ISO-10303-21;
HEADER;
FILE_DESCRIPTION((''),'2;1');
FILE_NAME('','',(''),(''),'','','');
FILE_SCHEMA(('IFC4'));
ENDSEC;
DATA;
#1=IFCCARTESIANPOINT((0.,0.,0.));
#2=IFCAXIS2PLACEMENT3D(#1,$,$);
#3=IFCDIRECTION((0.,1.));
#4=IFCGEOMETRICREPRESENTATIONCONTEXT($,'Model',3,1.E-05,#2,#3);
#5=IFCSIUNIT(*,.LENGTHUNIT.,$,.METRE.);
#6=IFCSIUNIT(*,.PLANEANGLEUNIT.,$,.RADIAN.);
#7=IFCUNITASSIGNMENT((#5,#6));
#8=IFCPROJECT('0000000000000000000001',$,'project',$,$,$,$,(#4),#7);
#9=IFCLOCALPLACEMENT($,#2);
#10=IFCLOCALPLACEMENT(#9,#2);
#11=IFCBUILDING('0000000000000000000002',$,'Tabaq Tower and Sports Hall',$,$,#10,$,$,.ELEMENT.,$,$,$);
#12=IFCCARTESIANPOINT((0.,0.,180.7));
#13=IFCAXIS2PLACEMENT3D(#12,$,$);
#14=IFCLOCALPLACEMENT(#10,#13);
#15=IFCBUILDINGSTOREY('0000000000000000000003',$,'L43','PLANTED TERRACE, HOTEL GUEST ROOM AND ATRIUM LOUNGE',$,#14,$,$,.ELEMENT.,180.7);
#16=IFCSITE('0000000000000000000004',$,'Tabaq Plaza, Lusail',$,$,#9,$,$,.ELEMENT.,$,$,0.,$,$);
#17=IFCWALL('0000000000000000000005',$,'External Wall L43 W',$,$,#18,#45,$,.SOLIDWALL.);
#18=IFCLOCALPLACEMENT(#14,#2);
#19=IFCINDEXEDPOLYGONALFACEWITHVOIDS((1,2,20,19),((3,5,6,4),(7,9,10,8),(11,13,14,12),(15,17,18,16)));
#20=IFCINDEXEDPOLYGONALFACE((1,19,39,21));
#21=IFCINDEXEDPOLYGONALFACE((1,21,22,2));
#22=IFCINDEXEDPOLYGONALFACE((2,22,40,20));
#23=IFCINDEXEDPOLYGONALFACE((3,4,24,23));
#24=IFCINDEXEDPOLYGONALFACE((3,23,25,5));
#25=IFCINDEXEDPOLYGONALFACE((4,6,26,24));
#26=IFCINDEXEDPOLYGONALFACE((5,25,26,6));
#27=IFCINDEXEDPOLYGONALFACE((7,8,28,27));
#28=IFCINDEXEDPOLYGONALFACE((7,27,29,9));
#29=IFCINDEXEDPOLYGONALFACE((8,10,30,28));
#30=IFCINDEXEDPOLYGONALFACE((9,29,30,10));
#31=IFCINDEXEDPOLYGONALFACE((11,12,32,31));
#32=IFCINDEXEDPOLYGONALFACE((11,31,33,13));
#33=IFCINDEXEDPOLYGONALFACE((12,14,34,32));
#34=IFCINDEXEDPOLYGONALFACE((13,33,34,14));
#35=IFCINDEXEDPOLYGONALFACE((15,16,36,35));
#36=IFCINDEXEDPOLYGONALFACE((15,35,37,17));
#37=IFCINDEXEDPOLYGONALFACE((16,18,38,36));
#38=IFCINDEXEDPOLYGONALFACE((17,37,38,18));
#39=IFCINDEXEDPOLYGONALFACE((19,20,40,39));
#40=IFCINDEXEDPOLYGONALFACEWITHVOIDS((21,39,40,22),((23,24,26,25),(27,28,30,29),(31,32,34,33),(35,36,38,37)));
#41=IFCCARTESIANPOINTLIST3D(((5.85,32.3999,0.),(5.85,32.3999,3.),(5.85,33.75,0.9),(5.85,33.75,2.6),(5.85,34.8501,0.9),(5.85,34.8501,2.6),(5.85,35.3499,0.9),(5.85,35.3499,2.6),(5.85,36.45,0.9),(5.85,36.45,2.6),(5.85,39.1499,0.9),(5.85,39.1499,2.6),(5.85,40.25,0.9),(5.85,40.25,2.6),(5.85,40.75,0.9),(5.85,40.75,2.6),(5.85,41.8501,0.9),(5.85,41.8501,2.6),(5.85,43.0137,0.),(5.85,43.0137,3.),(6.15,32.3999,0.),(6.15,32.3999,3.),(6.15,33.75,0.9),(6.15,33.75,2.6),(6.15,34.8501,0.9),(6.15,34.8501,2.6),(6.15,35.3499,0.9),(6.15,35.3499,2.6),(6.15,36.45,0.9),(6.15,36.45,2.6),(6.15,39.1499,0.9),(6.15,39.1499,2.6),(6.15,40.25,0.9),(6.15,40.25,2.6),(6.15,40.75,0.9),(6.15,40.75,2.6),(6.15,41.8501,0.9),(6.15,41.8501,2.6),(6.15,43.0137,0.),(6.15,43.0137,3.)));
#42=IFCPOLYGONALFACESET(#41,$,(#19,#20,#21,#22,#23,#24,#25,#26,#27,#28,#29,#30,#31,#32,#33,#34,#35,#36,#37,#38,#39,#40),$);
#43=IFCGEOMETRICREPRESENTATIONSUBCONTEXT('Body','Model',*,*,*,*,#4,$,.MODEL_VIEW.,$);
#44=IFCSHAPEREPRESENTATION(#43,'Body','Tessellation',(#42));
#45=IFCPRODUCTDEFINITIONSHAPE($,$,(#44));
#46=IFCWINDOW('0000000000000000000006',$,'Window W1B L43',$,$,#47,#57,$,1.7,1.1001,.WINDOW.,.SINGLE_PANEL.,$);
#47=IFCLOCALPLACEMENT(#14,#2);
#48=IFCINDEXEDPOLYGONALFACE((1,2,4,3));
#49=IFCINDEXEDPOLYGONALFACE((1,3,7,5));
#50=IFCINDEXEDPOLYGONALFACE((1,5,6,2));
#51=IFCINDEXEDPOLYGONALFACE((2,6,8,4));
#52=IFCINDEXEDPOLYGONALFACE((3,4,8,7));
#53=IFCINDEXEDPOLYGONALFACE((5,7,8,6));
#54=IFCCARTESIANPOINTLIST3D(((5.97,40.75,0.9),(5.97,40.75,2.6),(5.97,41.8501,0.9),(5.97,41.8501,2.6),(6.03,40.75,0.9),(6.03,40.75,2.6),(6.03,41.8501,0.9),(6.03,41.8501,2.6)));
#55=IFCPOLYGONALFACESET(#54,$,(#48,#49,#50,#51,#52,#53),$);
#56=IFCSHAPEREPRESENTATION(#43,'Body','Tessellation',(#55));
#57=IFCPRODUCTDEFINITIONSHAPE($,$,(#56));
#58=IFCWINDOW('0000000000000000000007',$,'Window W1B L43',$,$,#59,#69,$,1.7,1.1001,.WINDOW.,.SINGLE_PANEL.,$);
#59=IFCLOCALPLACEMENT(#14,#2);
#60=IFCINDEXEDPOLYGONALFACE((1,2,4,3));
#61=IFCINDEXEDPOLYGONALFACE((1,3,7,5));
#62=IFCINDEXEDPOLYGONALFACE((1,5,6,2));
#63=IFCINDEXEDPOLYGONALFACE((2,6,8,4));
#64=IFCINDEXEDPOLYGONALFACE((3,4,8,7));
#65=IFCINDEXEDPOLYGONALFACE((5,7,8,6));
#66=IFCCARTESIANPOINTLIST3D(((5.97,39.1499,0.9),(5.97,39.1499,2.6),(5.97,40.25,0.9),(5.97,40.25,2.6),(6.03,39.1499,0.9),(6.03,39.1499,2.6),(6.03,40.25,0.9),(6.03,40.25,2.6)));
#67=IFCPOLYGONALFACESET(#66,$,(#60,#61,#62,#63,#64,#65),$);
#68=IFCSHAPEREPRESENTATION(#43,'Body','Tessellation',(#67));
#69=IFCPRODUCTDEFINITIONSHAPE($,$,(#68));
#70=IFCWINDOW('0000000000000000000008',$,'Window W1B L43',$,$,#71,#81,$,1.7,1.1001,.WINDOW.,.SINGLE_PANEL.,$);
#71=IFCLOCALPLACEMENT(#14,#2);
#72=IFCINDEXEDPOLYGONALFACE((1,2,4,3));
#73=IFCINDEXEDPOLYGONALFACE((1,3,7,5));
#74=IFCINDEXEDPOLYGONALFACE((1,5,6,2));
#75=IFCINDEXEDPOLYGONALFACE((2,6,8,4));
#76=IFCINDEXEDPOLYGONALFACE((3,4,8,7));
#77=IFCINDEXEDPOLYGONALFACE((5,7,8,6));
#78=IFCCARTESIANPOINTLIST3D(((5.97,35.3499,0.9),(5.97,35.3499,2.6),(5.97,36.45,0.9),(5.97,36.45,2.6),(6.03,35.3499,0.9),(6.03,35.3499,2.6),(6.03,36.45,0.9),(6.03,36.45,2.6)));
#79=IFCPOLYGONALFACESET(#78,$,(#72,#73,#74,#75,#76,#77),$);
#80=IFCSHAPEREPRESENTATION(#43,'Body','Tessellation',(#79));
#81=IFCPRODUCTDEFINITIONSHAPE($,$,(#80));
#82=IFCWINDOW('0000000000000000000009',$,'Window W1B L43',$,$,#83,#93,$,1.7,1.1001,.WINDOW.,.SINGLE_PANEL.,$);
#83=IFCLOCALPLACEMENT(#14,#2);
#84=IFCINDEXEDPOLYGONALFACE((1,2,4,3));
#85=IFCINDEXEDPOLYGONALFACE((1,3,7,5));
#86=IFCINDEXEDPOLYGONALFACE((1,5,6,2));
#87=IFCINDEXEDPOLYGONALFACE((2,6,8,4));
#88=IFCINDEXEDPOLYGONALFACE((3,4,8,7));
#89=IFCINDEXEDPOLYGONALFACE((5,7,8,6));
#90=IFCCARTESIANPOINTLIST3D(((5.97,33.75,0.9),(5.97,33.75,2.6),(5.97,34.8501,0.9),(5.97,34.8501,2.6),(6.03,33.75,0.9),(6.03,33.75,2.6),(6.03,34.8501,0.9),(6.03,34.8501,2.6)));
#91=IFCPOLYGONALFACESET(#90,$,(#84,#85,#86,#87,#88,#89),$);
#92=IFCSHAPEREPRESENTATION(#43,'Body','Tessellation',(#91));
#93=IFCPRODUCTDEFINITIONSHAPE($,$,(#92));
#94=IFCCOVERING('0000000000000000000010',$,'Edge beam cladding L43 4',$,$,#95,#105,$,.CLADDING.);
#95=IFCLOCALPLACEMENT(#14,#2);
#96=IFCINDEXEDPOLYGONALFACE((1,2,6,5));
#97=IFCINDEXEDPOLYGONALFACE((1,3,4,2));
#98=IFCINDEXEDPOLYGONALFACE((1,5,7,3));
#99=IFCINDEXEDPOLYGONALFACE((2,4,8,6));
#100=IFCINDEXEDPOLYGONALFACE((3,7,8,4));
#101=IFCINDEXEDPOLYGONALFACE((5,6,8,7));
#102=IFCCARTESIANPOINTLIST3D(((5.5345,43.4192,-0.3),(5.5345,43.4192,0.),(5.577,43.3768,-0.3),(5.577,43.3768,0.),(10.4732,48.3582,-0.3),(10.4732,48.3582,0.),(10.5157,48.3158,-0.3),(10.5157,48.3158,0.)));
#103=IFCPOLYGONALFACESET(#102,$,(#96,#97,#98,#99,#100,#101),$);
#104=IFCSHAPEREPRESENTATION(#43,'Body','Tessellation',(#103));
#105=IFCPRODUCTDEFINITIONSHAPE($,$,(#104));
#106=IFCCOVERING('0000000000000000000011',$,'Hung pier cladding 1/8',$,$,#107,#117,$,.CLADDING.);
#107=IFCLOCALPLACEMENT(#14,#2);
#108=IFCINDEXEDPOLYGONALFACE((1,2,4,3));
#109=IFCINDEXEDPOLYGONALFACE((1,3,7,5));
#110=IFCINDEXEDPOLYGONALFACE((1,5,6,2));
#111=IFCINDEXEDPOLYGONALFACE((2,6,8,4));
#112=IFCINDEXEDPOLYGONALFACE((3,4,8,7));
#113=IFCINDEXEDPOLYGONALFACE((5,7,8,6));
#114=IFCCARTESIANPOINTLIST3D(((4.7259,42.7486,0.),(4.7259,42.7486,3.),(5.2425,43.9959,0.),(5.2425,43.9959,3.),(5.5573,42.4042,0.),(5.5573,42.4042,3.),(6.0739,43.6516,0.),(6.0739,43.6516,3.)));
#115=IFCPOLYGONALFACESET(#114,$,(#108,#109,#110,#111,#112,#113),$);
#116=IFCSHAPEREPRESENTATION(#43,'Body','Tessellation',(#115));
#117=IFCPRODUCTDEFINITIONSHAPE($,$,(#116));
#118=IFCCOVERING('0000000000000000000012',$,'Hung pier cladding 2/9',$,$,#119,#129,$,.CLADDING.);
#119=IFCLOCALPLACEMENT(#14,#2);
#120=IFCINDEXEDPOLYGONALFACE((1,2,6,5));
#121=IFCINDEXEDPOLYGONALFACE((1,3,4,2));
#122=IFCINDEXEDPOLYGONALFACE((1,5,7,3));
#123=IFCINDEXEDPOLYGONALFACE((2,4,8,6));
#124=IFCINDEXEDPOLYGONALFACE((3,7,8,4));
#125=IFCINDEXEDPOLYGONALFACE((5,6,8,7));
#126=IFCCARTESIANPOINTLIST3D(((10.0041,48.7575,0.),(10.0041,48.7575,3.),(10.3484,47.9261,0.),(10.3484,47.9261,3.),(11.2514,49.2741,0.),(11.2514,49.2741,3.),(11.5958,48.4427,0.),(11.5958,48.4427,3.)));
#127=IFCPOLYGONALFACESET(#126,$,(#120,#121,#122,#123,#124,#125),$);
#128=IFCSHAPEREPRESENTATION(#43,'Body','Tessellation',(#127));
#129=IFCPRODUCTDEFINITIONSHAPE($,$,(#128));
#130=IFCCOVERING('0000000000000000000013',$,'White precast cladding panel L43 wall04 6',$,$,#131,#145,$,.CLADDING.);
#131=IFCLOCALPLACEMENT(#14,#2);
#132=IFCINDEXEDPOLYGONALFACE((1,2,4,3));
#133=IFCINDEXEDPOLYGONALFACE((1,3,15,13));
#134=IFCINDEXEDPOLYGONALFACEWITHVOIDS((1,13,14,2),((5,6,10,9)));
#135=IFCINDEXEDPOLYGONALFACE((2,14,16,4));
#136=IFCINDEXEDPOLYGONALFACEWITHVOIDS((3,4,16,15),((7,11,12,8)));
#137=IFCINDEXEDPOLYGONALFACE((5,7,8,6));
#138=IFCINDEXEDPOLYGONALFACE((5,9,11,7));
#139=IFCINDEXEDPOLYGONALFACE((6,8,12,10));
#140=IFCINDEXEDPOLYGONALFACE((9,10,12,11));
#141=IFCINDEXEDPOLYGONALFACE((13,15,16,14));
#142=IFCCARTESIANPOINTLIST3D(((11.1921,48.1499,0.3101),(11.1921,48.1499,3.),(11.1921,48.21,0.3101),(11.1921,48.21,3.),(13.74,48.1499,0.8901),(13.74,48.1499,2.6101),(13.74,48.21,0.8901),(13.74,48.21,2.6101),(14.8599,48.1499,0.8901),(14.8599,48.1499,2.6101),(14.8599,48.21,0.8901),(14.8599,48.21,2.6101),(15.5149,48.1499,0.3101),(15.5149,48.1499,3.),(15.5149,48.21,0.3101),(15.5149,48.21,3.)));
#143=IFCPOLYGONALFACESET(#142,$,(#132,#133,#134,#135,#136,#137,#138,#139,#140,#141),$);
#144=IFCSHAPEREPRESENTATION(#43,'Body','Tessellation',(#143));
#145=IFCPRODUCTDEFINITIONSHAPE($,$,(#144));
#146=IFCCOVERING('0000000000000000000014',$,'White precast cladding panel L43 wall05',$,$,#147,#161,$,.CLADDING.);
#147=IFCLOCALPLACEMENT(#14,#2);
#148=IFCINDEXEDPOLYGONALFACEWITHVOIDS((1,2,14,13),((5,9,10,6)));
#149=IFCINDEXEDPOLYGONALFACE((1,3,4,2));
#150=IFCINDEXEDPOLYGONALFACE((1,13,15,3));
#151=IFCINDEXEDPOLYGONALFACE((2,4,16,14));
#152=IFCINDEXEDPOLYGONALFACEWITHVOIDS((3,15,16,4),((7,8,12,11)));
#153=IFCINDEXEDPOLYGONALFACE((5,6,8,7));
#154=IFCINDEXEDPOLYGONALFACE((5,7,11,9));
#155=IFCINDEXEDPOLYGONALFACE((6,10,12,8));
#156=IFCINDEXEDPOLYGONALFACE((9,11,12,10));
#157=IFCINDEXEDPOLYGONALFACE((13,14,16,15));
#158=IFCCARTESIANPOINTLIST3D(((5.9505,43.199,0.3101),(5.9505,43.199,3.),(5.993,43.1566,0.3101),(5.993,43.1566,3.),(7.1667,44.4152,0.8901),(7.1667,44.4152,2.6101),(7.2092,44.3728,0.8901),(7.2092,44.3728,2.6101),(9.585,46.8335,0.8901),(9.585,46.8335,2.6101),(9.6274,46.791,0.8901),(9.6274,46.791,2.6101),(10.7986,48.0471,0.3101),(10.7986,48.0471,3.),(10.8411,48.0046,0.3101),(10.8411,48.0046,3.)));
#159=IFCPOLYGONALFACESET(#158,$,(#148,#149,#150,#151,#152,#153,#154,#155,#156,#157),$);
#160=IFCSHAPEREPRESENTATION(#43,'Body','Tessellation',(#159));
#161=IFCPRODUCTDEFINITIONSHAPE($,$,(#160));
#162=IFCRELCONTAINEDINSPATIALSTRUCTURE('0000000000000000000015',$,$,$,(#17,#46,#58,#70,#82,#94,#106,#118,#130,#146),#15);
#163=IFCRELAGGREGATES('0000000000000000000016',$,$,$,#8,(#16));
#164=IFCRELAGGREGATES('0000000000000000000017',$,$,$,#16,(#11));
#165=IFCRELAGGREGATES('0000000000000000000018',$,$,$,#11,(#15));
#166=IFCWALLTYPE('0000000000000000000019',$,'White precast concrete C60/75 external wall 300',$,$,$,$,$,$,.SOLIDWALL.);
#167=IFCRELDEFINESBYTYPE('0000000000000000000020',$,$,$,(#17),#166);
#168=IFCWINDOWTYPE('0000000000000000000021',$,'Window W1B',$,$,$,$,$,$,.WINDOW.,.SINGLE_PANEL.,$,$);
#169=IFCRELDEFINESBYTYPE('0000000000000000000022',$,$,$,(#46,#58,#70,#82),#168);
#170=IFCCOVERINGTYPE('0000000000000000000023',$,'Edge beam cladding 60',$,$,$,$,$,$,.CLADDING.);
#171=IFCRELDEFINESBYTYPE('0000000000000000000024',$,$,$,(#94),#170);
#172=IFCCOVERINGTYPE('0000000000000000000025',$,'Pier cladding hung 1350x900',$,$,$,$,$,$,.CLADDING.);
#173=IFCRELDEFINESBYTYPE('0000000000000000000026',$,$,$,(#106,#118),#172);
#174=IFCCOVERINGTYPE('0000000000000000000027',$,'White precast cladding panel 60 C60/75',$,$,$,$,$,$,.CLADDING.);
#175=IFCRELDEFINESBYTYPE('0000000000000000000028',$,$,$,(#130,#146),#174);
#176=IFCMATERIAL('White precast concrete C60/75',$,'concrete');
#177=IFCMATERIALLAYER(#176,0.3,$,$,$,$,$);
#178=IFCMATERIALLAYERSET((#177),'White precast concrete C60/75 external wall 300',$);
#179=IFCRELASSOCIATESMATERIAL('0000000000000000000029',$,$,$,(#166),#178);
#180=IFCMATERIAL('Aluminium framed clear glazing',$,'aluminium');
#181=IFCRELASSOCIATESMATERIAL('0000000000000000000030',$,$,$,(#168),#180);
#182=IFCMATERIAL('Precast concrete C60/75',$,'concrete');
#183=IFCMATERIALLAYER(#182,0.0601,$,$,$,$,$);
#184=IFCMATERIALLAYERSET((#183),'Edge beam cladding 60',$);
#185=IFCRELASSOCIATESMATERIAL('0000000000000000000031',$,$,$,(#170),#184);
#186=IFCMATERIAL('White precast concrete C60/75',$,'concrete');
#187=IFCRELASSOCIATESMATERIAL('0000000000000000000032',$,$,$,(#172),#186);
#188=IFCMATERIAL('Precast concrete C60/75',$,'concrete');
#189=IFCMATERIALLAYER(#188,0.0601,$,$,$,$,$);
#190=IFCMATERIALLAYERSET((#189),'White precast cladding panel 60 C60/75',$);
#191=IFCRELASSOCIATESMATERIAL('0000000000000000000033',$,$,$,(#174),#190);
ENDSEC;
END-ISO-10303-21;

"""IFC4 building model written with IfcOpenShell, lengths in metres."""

from ifc_helpers import new_model, si_unit, direction, frame, frame_2d, origin, place, context, subcontext, project, spatial, polyline, rectangle, outline, extrude, material, layer, layer_set, type_object, element, fill, save


model = new_model("IFC4")

# Units and contexts
model_context = context("Model", 3, precision=1e-05, world=origin(), true_north=direction((0.0, 1.0)))
body_context = subcontext(model_context, "Body", "Model", "MODEL_VIEW")
ifc_project = project(units=[si_unit("LENGTHUNIT", "METRE"), si_unit("PLANEANGLEUNIT", "RADIAN")], contexts=[model_context])

# Site, building, storey
site_placement = place(None, origin())
site = spatial("IfcSite", under=ifc_project, at=site_placement, Name="Tabaq Plaza, Lusail", CompositionType="ELEMENT", RefElevation=0.0)
building_placement = place(site_placement, origin())
building = spatial("IfcBuilding", under=site, at=building_placement, Name="Tabaq Tower and Sports Hall", CompositionType="ELEMENT")
storey_placement = place(building_placement, frame((0.0, 0.0, 180.7)))
storey = spatial("IfcBuildingStorey", under=building, at=storey_placement, Name="L43", Description="PLANTED TERRACE, HOTEL GUEST ROOM AND ATRIUM LOUNGE", CompositionType="ELEMENT", Elevation=180.7)

# Shared definitions
ifc_material_1 = material(Name="White precast concrete C60/75", Category="concrete")
ifc_layer_1 = layer(ifc_material_1, 0.3)
ifc_layer_set_1 = layer_set([ifc_layer_1], Name="White precast concrete C60/75 external wall 300")
wall_type_1 = type_object("IfcWallType", Name="White precast concrete C60/75 external wall 300", PredefinedType="SOLIDWALL", material=ifc_layer_set_1)

# Wall, openings, windows
wall_1_placement = place(storey_placement, frame((6.0, 43.0137, 0.0), z_axis=(0.0, 0.0, 1.0), x_axis=(0.0, -1.0, 0.0)))
wall_1 = element("IfcWall", 1, at=wall_1_placement, inside=storey, type_object=wall_type_1, Name="External Wall L43 W", PredefinedType="SOLIDWALL", context=body_context, shape_type="SweptSolid", body=[
    extrude(rectangle(XDim=10.6138, YDim=0.3, at=frame_2d((5.3069, 0.0))), origin(), (0.0, 0.0, 1.0), 3.0),
])
opening_1_placement = place(wall_1_placement, frame((1.1636, 0.0, 0.8999)))
opening_1 = element("IfcOpeningElement", 2, at=opening_1_placement, cuts=wall_1, PredefinedType="OPENING", context=body_context, shape_type="SweptSolid", body=[
    extrude(rectangle(XDim=1.1001, YDim=1.7, at=frame_2d((0.55, 0.8501))), frame((0.0, 0.1602, 0.0), z_axis=(0.0, -1.0, 0.0), x_axis=(1.0, 0.0, 0.0)), (0.0, 0.0, 1.0), 0.3201),
])
opening_2_placement = place(wall_1_placement, frame((2.7637, 0.0, 0.8999)))
opening_2 = element("IfcOpeningElement", 3, at=opening_2_placement, cuts=wall_1, PredefinedType="OPENING", context=body_context, shape_type="SweptSolid", body=[
    extrude(rectangle(XDim=1.1001, YDim=1.7, at=frame_2d((0.55, 0.8501))), frame((0.0, 0.1602, 0.0), z_axis=(0.0, -1.0, 0.0), x_axis=(1.0, 0.0, 0.0)), (0.0, 0.0, 1.0), 0.3201),
])
opening_3_placement = place(wall_1_placement, frame((6.5637, 0.0, 0.8999)))
opening_3 = element("IfcOpeningElement", 4, at=opening_3_placement, cuts=wall_1, PredefinedType="OPENING", context=body_context, shape_type="SweptSolid", body=[
    extrude(rectangle(XDim=1.1001, YDim=1.7, at=frame_2d((0.55, 0.8501))), frame((0.0, 0.1602, 0.0), z_axis=(0.0, -1.0, 0.0), x_axis=(1.0, 0.0, 0.0)), (0.0, 0.0, 1.0), 0.3201),
])
opening_4_placement = place(wall_1_placement, frame((8.1636, 0.0, 0.8999)))
opening_4 = element("IfcOpeningElement", 5, at=opening_4_placement, cuts=wall_1, PredefinedType="OPENING", context=body_context, shape_type="SweptSolid", body=[
    extrude(rectangle(XDim=1.1001, YDim=1.7, at=frame_2d((0.55, 0.8501))), frame((0.0, 0.1602, 0.0), z_axis=(0.0, -1.0, 0.0), x_axis=(1.0, 0.0, 0.0)), (0.0, 0.0, 1.0), 0.3201),
])
ifc_material_2 = material(Name="Aluminium framed clear glazing", Category="aluminium")
window_type_1 = type_object("IfcWindowType", Name="Window W1B", PartitioningType="SINGLE_PANEL", PredefinedType="WINDOW", material=ifc_material_2)
window_1_placement = place(opening_1_placement, origin())
window_1 = element("IfcWindow", 6, at=window_1_placement, inside=storey, type_object=window_type_1, Name="Window W1B L43", OverallHeight=1.7, OverallWidth=1.1001, PartitioningType="SINGLE_PANEL", PredefinedType="WINDOW", context=body_context, shape_type="SweptSolid", body=[
    extrude(rectangle(XDim=1.1001, YDim=1.7, at=frame_2d((0.55, 0.8501))), frame((0.0, 0.03, 0.0), z_axis=(0.0, -1.0, 0.0), x_axis=(1.0, 0.0, 0.0)), (0.0, 0.0, 1.0), 0.0601),
])
fill(opening_1, window_1)
window_2_placement = place(opening_2_placement, origin())
window_2 = element("IfcWindow", 7, at=window_2_placement, inside=storey, type_object=window_type_1, Name="Window W1B L43", OverallHeight=1.7, OverallWidth=1.1001, PartitioningType="SINGLE_PANEL", PredefinedType="WINDOW", context=body_context, shape_type="SweptSolid", body=[
    extrude(rectangle(XDim=1.1001, YDim=1.7, at=frame_2d((0.55, 0.8501))), frame((0.0, 0.03, 0.0), z_axis=(0.0, -1.0, 0.0), x_axis=(1.0, 0.0, 0.0)), (0.0, 0.0, 1.0), 0.0601),
])
fill(opening_2, window_2)
window_3_placement = place(opening_3_placement, origin())
window_3 = element("IfcWindow", 8, at=window_3_placement, inside=storey, type_object=window_type_1, Name="Window W1B L43", OverallHeight=1.7, OverallWidth=1.1001, PartitioningType="SINGLE_PANEL", PredefinedType="WINDOW", context=body_context, shape_type="SweptSolid", body=[
    extrude(rectangle(XDim=1.1001, YDim=1.7, at=frame_2d((0.55, 0.8501))), frame((0.0, 0.03, 0.0), z_axis=(0.0, -1.0, 0.0), x_axis=(1.0, 0.0, 0.0)), (0.0, 0.0, 1.0), 0.0601),
])
fill(opening_3, window_3)
window_4_placement = place(opening_4_placement, origin())
window_4 = element("IfcWindow", 9, at=window_4_placement, inside=storey, type_object=window_type_1, Name="Window W1B L43", OverallHeight=1.7, OverallWidth=1.1001, PartitioningType="SINGLE_PANEL", PredefinedType="WINDOW", context=body_context, shape_type="SweptSolid", body=[
    extrude(rectangle(XDim=1.1001, YDim=1.7, at=frame_2d((0.55, 0.8501))), frame((0.0, 0.03, 0.0), z_axis=(0.0, -1.0, 0.0), x_axis=(1.0, 0.0, 0.0)), (0.0, 0.0, 1.0), 0.0601),
])
fill(opening_4, window_4)

# Coverings
ifc_material_3 = material(Name="Precast concrete C60/75", Category="concrete")
ifc_layer_2 = layer(ifc_material_3, 0.0601)
ifc_layer_set_2 = layer_set([ifc_layer_2], Name="Edge beam cladding 60")
covering_type_1 = type_object("IfcCoveringType", Name="Edge beam cladding 60", PredefinedType="CLADDING", material=ifc_layer_set_2)
covering_1_placement = place(storey_placement, frame((10.4944, 48.3369, -0.3), z_axis=(0.0, 0.0, 1.0), x_axis=(-0.707089, -0.707124, 0.0)))
element("IfcCovering", 10, at=covering_1_placement, inside=storey, type_object=covering_type_1, Name="Edge beam cladding L43 4", PredefinedType="CLADDING", context=body_context, shape_type="SweptSolid", body=[
    extrude(rectangle(XDim=6.9846, YDim=0.0601, at=frame_2d((3.4922, 0.0))), origin(), (0.0, 0.0, 1.0), 0.3),
])
ifc_material_4 = material(Name="White precast concrete C60/75", Category="concrete")
covering_type_2 = type_object("IfcCoveringType", Name="Pier cladding hung 1350x900", PredefinedType="CLADDING", material=ifc_material_4)
for number, where, z_axis, x_axis, name in (
    (11, (5.6582, 43.8237, 0.0), (0.0, 0.0, 1.0), (-0.38265, -0.923893, 0.0), "Hung pier cladding 1/8"),
    (12, (11.4236, 48.8584, 0.0), (0.0, 0.0, 1.0), (-0.923893, -0.38265, 0.0), "Hung pier cladding 2/9"),
):
    element("IfcCovering", number, at=place(storey_placement, frame(where, z_axis=z_axis, x_axis=x_axis)), inside=storey, type_object=covering_type_2, Name=name, PredefinedType="CLADDING", context=body_context, shape_type="SweptSolid", body=[
        extrude(rectangle(XDim=1.3501, YDim=0.8999, at=frame_2d((0.675, 0.0))), origin(), (0.0, 0.0, 1.0), 3.0),
    ])
ifc_material_5 = material(Name="Precast concrete C60/75", Category="concrete")
ifc_layer_3 = layer(ifc_material_5, 0.0601)
ifc_layer_set_3 = layer_set([ifc_layer_3], Name="White precast cladding panel 60 C60/75")
covering_type_3 = type_object("IfcCoveringType", Name="White precast cladding panel 60 C60/75", PredefinedType="CLADDING", material=ifc_layer_set_3)
covering_2_placement = place(storey_placement, frame((15.5149, 48.1799, 0.3101), z_axis=(0.0, 0.0, 1.0), x_axis=(-1.0, 0.0, 0.0)))
element("IfcCovering", 13, at=covering_2_placement, inside=storey, type_object=covering_type_3, Name="White precast cladding panel L43 wall04 6", PredefinedType="CLADDING", context=body_context, shape_type="SweptSolid", body=[
    extrude(outline(polyline([(0.0, 0.0), (4.3228, 0.0), (4.3228, 2.6899), (0.0, 2.6899), (0.0, 0.0)]), holes=[polyline([(0.655, 0.5801), (0.655, 2.3), (1.7749, 2.3), (1.7749, 0.5801), (0.655, 0.5801)])]), frame((0.0, 0.03, 0.0), z_axis=(0.0, -1.0, 0.0), x_axis=(1.0, 0.0, 0.0)), (0.0, 0.0, 1.0), 0.0601),
])
covering_3_placement = place(storey_placement, frame((10.8198, 48.0259, 0.3101), z_axis=(0.0, 0.0, 1.0), x_axis=(-0.707107, -0.707107, 0.0)))
element("IfcCovering", 14, at=covering_3_placement, inside=storey, type_object=covering_type_3, Name="White precast cladding panel L43 wall05", PredefinedType="CLADDING", context=body_context, shape_type="SweptSolid", body=[
    extrude(outline(polyline([(0.0, 0.0), (6.8562, 0.0), (6.8562, 2.6899), (0.0, 2.6899), (0.0, 0.0)]), holes=[polyline([(1.7163, 0.5801), (1.7163, 2.3), (5.1362, 2.3), (5.1362, 0.5801), (1.7163, 0.5801)])]), frame((0.0, 0.03, 0.0), z_axis=(0.0, -1.0, 0.0), x_axis=(1.0, 0.0, 0.0)), (0.0, 0.0, 1.0), 0.0601),
])

save(model, "model.ifc")
